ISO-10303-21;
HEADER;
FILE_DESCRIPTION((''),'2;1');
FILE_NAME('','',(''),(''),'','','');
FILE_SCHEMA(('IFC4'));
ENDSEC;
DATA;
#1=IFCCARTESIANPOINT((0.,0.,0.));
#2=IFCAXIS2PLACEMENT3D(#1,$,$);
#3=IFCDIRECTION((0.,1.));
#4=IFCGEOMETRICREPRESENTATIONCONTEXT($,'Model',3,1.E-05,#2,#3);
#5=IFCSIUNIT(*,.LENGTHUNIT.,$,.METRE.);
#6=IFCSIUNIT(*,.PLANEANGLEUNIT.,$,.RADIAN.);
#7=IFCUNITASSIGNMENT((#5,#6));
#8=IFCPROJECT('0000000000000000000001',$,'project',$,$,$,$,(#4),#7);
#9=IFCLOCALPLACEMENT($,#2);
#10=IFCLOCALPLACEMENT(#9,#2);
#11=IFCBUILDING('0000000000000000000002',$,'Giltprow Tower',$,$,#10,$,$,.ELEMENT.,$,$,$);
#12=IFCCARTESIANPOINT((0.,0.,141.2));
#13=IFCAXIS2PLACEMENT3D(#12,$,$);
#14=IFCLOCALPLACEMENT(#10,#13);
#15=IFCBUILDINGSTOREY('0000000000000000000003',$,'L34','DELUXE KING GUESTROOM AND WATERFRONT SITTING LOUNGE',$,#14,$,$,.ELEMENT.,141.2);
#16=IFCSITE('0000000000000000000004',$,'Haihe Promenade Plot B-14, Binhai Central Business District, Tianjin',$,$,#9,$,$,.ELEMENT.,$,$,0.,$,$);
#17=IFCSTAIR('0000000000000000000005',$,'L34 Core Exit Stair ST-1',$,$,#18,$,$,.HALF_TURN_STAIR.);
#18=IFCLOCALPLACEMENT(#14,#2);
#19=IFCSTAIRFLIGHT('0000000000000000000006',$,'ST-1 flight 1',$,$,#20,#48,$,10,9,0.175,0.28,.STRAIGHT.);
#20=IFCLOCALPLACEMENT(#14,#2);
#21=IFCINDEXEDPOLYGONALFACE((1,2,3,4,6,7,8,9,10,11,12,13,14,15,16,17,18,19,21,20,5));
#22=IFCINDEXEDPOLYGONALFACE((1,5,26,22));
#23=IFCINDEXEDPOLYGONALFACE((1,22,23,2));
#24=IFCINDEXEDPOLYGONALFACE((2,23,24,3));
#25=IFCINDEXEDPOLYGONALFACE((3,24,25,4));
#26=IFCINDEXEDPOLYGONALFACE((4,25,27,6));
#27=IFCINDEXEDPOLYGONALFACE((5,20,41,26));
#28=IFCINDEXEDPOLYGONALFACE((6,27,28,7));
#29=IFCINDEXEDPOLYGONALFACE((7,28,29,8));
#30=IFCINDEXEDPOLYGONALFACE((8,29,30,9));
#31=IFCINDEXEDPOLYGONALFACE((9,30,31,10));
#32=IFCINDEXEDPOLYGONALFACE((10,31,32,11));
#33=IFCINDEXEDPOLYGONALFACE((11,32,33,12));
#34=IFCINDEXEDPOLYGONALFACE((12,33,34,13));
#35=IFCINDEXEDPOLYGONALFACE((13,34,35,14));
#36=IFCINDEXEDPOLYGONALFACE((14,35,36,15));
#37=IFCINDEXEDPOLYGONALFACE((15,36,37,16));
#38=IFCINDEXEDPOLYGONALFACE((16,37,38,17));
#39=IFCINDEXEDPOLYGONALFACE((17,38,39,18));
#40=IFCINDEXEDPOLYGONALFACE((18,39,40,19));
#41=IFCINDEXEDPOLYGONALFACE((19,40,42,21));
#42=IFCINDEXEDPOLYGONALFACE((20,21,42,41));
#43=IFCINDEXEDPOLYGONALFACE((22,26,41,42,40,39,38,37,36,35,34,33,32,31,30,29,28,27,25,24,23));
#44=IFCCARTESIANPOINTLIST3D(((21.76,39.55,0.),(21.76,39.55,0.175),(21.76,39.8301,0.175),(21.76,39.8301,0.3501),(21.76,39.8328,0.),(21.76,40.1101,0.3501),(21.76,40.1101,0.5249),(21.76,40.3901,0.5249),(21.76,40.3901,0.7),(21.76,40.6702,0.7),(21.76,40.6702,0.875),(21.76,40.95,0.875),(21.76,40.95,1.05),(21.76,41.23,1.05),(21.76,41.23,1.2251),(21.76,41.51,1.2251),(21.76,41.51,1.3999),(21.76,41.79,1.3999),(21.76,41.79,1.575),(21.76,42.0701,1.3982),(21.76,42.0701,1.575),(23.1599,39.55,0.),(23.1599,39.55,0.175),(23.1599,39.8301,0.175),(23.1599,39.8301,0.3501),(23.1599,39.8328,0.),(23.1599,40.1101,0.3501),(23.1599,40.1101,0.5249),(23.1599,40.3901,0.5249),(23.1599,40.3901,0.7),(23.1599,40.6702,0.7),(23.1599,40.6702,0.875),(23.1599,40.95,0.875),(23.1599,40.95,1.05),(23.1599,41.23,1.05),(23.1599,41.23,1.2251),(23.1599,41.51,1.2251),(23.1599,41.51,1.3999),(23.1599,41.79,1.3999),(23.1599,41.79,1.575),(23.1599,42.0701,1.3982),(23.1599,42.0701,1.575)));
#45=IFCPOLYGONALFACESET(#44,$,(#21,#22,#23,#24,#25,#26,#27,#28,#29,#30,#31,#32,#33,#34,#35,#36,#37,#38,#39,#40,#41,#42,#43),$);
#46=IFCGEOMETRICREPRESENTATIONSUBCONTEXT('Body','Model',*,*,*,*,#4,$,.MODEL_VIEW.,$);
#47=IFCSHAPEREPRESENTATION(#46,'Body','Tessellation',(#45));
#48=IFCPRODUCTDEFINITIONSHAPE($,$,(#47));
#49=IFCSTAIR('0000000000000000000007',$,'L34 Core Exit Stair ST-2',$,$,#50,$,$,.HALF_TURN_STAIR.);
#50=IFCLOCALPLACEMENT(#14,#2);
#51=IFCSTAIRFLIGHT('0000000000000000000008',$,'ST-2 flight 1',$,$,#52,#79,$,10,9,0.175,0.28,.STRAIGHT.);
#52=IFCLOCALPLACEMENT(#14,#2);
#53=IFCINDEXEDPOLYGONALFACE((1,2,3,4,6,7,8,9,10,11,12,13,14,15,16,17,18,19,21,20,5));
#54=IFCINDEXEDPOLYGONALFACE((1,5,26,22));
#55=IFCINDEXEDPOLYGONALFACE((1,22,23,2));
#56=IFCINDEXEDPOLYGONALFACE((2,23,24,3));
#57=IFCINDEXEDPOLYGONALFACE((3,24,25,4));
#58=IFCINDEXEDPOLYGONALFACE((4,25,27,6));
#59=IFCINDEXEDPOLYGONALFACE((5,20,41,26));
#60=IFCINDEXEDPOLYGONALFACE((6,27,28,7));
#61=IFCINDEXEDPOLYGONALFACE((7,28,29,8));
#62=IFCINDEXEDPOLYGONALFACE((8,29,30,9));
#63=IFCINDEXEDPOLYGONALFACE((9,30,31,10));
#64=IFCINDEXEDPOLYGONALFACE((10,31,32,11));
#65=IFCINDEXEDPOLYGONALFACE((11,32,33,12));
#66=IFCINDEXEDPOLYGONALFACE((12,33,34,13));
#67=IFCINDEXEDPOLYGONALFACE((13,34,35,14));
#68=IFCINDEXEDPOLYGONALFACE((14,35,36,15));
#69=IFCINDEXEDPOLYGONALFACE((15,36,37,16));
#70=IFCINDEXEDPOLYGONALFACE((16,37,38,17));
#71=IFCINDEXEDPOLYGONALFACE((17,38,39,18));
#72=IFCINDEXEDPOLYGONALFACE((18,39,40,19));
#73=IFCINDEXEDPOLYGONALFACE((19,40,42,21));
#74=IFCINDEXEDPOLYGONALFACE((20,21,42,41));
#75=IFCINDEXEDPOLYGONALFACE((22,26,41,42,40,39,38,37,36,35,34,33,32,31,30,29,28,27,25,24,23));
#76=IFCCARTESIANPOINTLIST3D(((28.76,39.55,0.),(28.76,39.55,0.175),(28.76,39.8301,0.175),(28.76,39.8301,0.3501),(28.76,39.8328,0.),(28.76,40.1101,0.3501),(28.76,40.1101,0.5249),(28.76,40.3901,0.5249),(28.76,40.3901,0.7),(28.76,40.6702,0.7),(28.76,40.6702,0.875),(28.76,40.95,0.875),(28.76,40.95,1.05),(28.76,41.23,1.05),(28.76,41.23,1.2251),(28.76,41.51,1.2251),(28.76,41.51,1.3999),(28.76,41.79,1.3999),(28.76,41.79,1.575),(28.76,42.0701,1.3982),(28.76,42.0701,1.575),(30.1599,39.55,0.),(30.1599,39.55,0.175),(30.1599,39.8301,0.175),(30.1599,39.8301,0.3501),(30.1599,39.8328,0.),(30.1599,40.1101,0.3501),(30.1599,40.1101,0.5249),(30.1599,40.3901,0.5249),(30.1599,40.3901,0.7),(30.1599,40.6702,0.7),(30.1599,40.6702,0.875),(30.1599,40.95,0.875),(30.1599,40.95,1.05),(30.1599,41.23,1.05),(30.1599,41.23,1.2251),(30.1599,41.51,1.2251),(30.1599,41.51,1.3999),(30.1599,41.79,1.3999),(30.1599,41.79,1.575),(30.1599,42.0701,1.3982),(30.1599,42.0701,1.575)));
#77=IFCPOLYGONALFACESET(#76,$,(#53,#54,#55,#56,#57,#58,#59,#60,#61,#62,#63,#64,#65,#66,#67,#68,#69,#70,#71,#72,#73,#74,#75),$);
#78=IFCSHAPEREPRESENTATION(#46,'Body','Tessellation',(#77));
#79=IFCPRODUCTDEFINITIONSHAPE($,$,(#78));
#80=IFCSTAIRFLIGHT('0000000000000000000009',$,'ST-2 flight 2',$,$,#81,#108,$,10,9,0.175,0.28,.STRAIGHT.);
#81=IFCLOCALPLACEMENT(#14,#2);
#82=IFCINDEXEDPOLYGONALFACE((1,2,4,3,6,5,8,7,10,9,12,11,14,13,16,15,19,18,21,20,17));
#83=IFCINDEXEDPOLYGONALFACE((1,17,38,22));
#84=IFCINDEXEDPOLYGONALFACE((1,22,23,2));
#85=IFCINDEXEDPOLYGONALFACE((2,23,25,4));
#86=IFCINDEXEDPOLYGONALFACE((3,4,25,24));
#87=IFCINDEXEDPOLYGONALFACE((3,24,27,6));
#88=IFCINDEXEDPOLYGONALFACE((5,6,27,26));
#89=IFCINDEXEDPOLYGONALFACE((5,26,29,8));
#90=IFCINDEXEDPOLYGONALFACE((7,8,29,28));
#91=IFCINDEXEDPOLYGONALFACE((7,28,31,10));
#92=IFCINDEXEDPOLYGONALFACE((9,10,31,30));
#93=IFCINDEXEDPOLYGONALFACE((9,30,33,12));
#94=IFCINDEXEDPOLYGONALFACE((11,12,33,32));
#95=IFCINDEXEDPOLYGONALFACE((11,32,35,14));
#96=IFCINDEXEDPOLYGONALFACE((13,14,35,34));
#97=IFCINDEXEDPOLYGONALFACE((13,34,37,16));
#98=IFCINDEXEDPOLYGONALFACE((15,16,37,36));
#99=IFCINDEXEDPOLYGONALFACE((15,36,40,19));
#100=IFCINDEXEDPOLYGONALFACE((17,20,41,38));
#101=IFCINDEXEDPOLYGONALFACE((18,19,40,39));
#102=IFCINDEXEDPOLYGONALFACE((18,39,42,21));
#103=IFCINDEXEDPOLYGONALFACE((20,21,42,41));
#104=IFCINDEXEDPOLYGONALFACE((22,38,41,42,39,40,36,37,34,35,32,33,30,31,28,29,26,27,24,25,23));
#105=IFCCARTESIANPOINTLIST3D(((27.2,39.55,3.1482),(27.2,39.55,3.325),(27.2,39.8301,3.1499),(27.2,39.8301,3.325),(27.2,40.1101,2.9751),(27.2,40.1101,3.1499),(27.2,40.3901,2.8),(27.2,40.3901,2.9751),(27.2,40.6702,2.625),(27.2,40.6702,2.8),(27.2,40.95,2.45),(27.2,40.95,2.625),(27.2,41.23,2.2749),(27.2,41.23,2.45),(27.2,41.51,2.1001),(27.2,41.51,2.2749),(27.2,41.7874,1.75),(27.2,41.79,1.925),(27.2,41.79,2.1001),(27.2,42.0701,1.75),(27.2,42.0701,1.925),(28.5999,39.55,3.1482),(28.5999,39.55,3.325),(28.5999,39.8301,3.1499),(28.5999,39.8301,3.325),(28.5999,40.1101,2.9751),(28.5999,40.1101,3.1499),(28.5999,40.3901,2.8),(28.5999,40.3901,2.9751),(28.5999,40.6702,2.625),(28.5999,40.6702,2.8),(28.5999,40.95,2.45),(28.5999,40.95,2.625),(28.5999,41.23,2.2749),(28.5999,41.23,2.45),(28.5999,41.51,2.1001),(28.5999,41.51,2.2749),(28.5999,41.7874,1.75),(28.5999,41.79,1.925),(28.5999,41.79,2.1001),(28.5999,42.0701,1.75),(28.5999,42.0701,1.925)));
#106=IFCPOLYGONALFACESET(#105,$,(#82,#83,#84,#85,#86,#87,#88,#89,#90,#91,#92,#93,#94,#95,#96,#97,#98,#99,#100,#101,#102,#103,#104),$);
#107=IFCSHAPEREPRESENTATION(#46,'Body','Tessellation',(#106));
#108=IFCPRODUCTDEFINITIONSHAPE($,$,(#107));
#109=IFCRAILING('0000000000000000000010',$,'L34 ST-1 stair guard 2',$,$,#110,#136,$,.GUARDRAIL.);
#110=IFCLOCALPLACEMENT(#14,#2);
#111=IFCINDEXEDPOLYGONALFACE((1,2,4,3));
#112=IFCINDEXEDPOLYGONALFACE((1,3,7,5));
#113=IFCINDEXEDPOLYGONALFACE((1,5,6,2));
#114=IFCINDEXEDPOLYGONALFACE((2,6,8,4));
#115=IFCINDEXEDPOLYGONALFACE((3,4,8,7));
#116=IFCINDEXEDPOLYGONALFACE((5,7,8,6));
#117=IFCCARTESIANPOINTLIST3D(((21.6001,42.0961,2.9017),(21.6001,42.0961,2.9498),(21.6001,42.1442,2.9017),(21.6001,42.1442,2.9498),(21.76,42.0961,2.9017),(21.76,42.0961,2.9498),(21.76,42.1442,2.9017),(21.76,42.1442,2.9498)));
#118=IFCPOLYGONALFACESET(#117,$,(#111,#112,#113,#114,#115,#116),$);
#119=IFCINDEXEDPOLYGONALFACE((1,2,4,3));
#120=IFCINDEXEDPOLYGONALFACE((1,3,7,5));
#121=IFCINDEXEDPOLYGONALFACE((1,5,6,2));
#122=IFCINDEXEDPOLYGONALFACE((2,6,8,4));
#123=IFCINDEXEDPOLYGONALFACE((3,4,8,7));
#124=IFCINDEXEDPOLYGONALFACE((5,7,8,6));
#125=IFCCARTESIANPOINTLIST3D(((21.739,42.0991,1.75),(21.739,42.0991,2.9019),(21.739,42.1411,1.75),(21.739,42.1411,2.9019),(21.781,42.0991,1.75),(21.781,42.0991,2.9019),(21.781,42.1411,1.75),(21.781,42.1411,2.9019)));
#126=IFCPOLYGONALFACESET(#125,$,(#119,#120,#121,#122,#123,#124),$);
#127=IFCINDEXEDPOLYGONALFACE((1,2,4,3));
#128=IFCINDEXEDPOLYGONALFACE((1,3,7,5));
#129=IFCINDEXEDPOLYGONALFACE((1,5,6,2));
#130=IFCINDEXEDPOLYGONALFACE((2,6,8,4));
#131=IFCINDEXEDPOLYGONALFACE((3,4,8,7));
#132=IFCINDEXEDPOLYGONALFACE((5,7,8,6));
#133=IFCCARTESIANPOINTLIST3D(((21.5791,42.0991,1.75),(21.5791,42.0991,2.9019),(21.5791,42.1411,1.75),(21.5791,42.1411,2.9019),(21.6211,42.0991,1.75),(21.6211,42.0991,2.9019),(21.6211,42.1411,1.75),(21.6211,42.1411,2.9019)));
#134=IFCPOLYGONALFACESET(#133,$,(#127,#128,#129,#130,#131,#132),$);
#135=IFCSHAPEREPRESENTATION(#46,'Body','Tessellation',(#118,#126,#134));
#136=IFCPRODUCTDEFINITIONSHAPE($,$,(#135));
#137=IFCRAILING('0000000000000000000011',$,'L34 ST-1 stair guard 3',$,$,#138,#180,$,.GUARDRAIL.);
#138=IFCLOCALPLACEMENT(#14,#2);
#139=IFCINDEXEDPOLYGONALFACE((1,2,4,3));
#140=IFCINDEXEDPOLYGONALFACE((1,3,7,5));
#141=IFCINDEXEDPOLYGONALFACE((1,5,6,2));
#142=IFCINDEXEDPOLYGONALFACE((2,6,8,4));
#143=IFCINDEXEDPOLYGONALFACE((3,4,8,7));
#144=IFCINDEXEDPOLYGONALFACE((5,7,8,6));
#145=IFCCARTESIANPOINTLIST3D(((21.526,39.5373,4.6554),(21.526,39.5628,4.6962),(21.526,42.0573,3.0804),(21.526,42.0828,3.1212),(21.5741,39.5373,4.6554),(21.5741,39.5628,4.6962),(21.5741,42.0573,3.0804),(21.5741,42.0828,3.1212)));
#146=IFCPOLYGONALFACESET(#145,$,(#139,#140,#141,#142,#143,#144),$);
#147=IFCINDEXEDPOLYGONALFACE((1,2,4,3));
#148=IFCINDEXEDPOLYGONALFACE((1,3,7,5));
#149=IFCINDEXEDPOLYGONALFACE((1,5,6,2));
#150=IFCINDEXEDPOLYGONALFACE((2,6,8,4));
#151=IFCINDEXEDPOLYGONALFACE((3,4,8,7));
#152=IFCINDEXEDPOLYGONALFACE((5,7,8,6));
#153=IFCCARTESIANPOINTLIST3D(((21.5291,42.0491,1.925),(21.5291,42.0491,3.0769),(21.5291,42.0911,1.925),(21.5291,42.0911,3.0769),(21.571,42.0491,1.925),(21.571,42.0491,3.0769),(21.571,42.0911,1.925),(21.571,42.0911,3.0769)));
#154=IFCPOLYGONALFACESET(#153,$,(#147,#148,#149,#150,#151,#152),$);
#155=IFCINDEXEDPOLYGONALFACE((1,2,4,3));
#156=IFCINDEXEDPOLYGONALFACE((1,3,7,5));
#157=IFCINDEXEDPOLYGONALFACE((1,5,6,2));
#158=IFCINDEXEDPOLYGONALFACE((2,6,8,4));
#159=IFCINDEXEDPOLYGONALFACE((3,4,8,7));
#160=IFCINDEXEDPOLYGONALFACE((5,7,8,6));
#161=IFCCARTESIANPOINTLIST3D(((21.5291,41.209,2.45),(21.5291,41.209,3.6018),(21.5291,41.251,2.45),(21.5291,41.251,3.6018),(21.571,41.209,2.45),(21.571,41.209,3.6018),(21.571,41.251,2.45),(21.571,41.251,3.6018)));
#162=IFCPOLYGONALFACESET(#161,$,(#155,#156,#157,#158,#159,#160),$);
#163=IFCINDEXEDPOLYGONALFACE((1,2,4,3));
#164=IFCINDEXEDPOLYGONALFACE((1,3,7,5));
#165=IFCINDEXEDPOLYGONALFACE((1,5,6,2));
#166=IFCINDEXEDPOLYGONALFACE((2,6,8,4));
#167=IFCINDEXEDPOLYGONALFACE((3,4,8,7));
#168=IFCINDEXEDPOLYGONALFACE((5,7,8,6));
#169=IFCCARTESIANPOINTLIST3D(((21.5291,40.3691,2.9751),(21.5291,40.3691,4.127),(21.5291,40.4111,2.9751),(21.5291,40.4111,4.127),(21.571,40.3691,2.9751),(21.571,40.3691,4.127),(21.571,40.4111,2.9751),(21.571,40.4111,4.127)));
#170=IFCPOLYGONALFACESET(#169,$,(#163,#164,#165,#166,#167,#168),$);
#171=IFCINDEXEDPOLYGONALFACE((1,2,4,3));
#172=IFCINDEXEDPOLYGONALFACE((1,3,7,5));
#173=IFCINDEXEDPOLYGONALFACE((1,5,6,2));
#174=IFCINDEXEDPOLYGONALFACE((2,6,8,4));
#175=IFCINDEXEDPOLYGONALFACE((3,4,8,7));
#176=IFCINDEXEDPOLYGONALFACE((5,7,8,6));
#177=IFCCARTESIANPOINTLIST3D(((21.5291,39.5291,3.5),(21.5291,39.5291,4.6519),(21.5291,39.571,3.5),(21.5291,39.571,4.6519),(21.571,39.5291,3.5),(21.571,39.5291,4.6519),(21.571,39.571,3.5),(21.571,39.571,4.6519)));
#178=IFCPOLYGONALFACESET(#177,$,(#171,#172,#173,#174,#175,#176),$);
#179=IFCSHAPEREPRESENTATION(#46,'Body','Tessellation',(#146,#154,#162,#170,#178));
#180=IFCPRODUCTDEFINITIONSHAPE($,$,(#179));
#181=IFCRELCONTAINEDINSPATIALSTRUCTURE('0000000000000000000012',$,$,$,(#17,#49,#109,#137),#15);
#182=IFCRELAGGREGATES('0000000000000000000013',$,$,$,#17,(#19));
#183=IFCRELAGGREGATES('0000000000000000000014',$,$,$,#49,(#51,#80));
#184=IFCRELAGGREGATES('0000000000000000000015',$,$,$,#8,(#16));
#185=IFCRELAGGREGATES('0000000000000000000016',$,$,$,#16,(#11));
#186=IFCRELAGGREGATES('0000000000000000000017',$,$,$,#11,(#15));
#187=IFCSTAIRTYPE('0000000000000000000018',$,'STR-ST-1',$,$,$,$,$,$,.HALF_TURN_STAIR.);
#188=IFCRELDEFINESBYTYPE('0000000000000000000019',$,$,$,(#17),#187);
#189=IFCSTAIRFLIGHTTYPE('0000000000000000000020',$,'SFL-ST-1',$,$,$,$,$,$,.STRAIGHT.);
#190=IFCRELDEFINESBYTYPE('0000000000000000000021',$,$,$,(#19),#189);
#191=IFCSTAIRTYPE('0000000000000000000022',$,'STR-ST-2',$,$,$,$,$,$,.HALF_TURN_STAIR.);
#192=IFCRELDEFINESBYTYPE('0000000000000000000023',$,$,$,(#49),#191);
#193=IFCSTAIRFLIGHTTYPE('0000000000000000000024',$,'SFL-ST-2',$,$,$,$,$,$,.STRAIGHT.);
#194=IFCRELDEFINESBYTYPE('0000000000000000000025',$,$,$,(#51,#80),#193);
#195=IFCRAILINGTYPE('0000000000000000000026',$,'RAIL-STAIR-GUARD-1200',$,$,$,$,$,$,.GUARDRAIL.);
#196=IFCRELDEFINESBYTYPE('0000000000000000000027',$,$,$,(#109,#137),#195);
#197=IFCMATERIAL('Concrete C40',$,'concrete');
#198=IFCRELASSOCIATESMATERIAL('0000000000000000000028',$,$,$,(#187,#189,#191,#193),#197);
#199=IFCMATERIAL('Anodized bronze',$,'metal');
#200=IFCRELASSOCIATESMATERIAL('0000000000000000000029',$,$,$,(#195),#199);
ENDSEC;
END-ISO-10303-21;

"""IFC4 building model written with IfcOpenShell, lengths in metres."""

from ifc_helpers import new_model, si_unit, direction, frame, origin, origin_2d, place, context, subcontext, project, spatial, polyline, rectangle, outline, extrude, material, type_object, element, aggregate, save


model = new_model("IFC4")

# Units and contexts
model_context = context("Model", 3, precision=1e-05, world=origin(), true_north=direction((0.0, 1.0)))
body_context = subcontext(model_context, "Body", "Model", "MODEL_VIEW")
ifc_project = project(units=[si_unit("LENGTHUNIT", "METRE"), si_unit("PLANEANGLEUNIT", "RADIAN")], contexts=[model_context])

# Site, building, storey
site_placement = place(None, origin())
site = spatial("IfcSite", under=ifc_project, at=site_placement, Name="Haihe Promenade Plot B-14, Binhai Central Business District, Tianjin", CompositionType="ELEMENT", RefElevation=0.0)
building_placement = place(site_placement, origin())
building = spatial("IfcBuilding", under=site, at=building_placement, Name="Giltprow Tower", CompositionType="ELEMENT")
storey_placement = place(building_placement, frame((0.0, 0.0, 141.2)))
storey = spatial("IfcBuildingStorey", under=building, at=storey_placement, Name="L34", Description="DELUXE KING GUESTROOM AND WATERFRONT SITTING LOUNGE", CompositionType="ELEMENT", Elevation=141.2)

# Shared definitions
ifc_material_1 = material(Name="Concrete C40", Category="concrete")

# Stair, stair flight
stair_type_1 = type_object("IfcStairType", Name="STR-ST-1", PredefinedType="HALF_TURN_STAIR", material=ifc_material_1)
stair_1_placement = place(storey_placement, origin())
stair_1 = element("IfcStair", 1, at=stair_1_placement, inside=storey, type_object=stair_type_1, Name="L34 Core Exit Stair ST-1", PredefinedType="HALF_TURN_STAIR")
stair_flight_type_1 = type_object("IfcStairFlightType", Name="SFL-ST-1", PredefinedType="STRAIGHT", material=ifc_material_1)
stair_flight_1_placement = place(storey_placement, frame((22.46, 39.55, 0.0), z_axis=(0.0, 0.0, 1.0), x_axis=(0.0, 1.0, 0.0)))
stair_flight_1 = element("IfcStairFlight", 2, at=stair_flight_1_placement, type_object=stair_flight_type_1, Name="ST-1 flight 1", NumberOfRisers=10, NumberOfTreads=9, PredefinedType="STRAIGHT", RiserHeight=0.175, TreadLength=0.28, context=body_context, shape_type="SweptSolid", body=[
    extrude(outline(polyline([(0.0, 0.0), (0.0, 0.175), (0.28, 0.175), (0.28, 0.3501), (0.5601, 0.3501), (0.5601, 0.5249), (0.8401, 0.5249), (0.8401, 0.7), (1.1201, 0.7), (1.1201, 0.875), (1.3999, 0.875), (1.3999, 1.05), (1.6799, 1.05), (1.6799, 1.2251), (1.96, 1.2251), (1.96, 1.3999), (2.24, 1.3999), (2.24, 1.575), (2.52, 1.575), (2.52, 1.75), (2.52, 1.3982), (0.2827, 0.0), (0.0, 0.0)])), frame((0.0, 0.7, 0.0), z_axis=(0.0, -1.0, 0.0), x_axis=(1.0, 0.0, 0.0)), (0.0, 0.0, 1.0), 1.3999),
])
aggregate(stair_1, [stair_flight_1])

# Stair, stair flights
stair_type_2 = type_object("IfcStairType", Name="STR-ST-2", PredefinedType="HALF_TURN_STAIR", material=ifc_material_1)
stair_2_placement = place(storey_placement, origin())
stair_2 = element("IfcStair", 3, at=stair_2_placement, inside=storey, type_object=stair_type_2, Name="L34 Core Exit Stair ST-2", PredefinedType="HALF_TURN_STAIR")
stair_flight_type_2 = type_object("IfcStairFlightType", Name="SFL-ST-2", PredefinedType="STRAIGHT", material=ifc_material_1)
stair_flight_2_placement = place(storey_placement, frame((29.46, 39.55, 0.0), z_axis=(0.0, 0.0, 1.0), x_axis=(0.0, 1.0, 0.0)))
stair_flight_2 = element("IfcStairFlight", 4, at=stair_flight_2_placement, type_object=stair_flight_type_2, Name="ST-2 flight 1", NumberOfRisers=10, NumberOfTreads=9, PredefinedType="STRAIGHT", RiserHeight=0.175, TreadLength=0.28, context=body_context, shape_type="SweptSolid", body=[
    extrude(outline(polyline([(0.0, 0.0), (0.0, 0.175), (0.28, 0.175), (0.28, 0.3501), (0.5601, 0.3501), (0.5601, 0.5249), (0.8401, 0.5249), (0.8401, 0.7), (1.1201, 0.7), (1.1201, 0.875), (1.3999, 0.875), (1.3999, 1.05), (1.6799, 1.05), (1.6799, 1.2251), (1.96, 1.2251), (1.96, 1.3999), (2.24, 1.3999), (2.24, 1.575), (2.52, 1.575), (2.52, 1.75), (2.52, 1.3982), (0.2827, 0.0), (0.0, 0.0)])), frame((0.0, 0.7, 0.0), z_axis=(0.0, -1.0, 0.0), x_axis=(1.0, 0.0, 0.0)), (0.0, 0.0, 1.0), 1.3999),
])
stair_flight_3_placement = place(storey_placement, frame((27.8999, 42.0701, 1.75), z_axis=(0.0, 0.0, 1.0), x_axis=(0.0, -1.0, 0.0)))
stair_flight_3 = element("IfcStairFlight", 5, at=stair_flight_3_placement, type_object=stair_flight_type_2, Name="ST-2 flight 2", NumberOfRisers=10, NumberOfTreads=9, PredefinedType="STRAIGHT", RiserHeight=0.175, TreadLength=0.28, context=body_context, shape_type="SweptSolid", body=[
    extrude(outline(polyline([(0.0, 0.0), (0.0, 0.175), (0.28, 0.175), (0.28, 0.3501), (0.5601, 0.3501), (0.5601, 0.5249), (0.8401, 0.5249), (0.8401, 0.7), (1.1201, 0.7), (1.1201, 0.875), (1.3999, 0.875), (1.3999, 1.05), (1.6799, 1.05), (1.6799, 1.2251), (1.96, 1.2251), (1.96, 1.3999), (2.24, 1.3999), (2.24, 1.575), (2.52, 1.575), (2.52, 1.75), (2.52, 1.3982), (0.2827, 0.0), (0.0, 0.0)])), frame((0.0, 0.7, 0.0), z_axis=(0.0, -1.0, 0.0), x_axis=(1.0, 0.0, 0.0)), (0.0, 0.0, 1.0), 1.3999),
])
aggregate(stair_2, [stair_flight_2, stair_flight_3])

# Railings
ifc_material_2 = material(Name="Anodized bronze", Category="metal")
railing_type_1 = type_object("IfcRailingType", Name="RAIL-STAIR-GUARD-1200", PredefinedType="GUARDRAIL", material=ifc_material_2)
railing_1_placement = place(storey_placement, frame((21.76, 42.1201, 1.75)))
element("IfcRailing", 6, at=railing_1_placement, inside=storey, type_object=railing_type_1, Name="L34 ST-1 stair guard 2", PredefinedType="GUARDRAIL", context=body_context, shape_type="SweptSolid", body=[
    extrude(rectangle(XDim=0.0481, YDim=0.0481, at=origin_2d()), frame((0.0, 0.0, 1.1758), z_axis=(-1.0, 0.0, 0.0), x_axis=(0.0, -1.0, 0.0)), (0.0, 0.0, 1.0), 0.1599),
    extrude(rectangle(XDim=0.042, YDim=0.042, at=origin_2d()), origin(), (0.0, 0.0, 1.0), 1.1519),
    extrude(rectangle(XDim=0.042, YDim=0.042, at=origin_2d()), frame((-0.1599, 0.0, 0.0)), (0.0, 0.0, 1.0), 1.1519),
])
railing_2_placement = place(storey_placement, frame((21.55, 42.0701, 1.925)))
element("IfcRailing", 7, at=railing_2_placement, inside=storey, type_object=railing_type_1, Name="L34 ST-1 stair guard 3", PredefinedType="GUARDRAIL", context=body_context, shape_type="SweptSolid", body=[
    extrude(rectangle(XDim=0.0481, YDim=0.0481, at=origin_2d()), frame((0.0, 0.0, 1.1758), z_axis=(0.0, -0.848008, 0.529984), x_axis=(1.0, 0.0, 0.0)), (0.0, 0.0, 1.0), 2.9717),
    extrude(rectangle(XDim=0.042, YDim=0.042, at=origin_2d()), origin(), (0.0, 0.0, 1.0), 1.1519),
    extrude(rectangle(XDim=0.042, YDim=0.042, at=origin_2d()), frame((0.0, -0.8401, 0.5249)), (0.0, 0.0, 1.0), 1.1519),
    extrude(rectangle(XDim=0.042, YDim=0.042, at=origin_2d()), frame((0.0, -1.6799, 1.05)), (0.0, 0.0, 1.0), 1.1519),
    extrude(rectangle(XDim=0.042, YDim=0.042, at=origin_2d()), frame((0.0, -2.52, 1.575)), (0.0, 0.0, 1.0), 1.1519),
])

save(model, "model.ifc")
